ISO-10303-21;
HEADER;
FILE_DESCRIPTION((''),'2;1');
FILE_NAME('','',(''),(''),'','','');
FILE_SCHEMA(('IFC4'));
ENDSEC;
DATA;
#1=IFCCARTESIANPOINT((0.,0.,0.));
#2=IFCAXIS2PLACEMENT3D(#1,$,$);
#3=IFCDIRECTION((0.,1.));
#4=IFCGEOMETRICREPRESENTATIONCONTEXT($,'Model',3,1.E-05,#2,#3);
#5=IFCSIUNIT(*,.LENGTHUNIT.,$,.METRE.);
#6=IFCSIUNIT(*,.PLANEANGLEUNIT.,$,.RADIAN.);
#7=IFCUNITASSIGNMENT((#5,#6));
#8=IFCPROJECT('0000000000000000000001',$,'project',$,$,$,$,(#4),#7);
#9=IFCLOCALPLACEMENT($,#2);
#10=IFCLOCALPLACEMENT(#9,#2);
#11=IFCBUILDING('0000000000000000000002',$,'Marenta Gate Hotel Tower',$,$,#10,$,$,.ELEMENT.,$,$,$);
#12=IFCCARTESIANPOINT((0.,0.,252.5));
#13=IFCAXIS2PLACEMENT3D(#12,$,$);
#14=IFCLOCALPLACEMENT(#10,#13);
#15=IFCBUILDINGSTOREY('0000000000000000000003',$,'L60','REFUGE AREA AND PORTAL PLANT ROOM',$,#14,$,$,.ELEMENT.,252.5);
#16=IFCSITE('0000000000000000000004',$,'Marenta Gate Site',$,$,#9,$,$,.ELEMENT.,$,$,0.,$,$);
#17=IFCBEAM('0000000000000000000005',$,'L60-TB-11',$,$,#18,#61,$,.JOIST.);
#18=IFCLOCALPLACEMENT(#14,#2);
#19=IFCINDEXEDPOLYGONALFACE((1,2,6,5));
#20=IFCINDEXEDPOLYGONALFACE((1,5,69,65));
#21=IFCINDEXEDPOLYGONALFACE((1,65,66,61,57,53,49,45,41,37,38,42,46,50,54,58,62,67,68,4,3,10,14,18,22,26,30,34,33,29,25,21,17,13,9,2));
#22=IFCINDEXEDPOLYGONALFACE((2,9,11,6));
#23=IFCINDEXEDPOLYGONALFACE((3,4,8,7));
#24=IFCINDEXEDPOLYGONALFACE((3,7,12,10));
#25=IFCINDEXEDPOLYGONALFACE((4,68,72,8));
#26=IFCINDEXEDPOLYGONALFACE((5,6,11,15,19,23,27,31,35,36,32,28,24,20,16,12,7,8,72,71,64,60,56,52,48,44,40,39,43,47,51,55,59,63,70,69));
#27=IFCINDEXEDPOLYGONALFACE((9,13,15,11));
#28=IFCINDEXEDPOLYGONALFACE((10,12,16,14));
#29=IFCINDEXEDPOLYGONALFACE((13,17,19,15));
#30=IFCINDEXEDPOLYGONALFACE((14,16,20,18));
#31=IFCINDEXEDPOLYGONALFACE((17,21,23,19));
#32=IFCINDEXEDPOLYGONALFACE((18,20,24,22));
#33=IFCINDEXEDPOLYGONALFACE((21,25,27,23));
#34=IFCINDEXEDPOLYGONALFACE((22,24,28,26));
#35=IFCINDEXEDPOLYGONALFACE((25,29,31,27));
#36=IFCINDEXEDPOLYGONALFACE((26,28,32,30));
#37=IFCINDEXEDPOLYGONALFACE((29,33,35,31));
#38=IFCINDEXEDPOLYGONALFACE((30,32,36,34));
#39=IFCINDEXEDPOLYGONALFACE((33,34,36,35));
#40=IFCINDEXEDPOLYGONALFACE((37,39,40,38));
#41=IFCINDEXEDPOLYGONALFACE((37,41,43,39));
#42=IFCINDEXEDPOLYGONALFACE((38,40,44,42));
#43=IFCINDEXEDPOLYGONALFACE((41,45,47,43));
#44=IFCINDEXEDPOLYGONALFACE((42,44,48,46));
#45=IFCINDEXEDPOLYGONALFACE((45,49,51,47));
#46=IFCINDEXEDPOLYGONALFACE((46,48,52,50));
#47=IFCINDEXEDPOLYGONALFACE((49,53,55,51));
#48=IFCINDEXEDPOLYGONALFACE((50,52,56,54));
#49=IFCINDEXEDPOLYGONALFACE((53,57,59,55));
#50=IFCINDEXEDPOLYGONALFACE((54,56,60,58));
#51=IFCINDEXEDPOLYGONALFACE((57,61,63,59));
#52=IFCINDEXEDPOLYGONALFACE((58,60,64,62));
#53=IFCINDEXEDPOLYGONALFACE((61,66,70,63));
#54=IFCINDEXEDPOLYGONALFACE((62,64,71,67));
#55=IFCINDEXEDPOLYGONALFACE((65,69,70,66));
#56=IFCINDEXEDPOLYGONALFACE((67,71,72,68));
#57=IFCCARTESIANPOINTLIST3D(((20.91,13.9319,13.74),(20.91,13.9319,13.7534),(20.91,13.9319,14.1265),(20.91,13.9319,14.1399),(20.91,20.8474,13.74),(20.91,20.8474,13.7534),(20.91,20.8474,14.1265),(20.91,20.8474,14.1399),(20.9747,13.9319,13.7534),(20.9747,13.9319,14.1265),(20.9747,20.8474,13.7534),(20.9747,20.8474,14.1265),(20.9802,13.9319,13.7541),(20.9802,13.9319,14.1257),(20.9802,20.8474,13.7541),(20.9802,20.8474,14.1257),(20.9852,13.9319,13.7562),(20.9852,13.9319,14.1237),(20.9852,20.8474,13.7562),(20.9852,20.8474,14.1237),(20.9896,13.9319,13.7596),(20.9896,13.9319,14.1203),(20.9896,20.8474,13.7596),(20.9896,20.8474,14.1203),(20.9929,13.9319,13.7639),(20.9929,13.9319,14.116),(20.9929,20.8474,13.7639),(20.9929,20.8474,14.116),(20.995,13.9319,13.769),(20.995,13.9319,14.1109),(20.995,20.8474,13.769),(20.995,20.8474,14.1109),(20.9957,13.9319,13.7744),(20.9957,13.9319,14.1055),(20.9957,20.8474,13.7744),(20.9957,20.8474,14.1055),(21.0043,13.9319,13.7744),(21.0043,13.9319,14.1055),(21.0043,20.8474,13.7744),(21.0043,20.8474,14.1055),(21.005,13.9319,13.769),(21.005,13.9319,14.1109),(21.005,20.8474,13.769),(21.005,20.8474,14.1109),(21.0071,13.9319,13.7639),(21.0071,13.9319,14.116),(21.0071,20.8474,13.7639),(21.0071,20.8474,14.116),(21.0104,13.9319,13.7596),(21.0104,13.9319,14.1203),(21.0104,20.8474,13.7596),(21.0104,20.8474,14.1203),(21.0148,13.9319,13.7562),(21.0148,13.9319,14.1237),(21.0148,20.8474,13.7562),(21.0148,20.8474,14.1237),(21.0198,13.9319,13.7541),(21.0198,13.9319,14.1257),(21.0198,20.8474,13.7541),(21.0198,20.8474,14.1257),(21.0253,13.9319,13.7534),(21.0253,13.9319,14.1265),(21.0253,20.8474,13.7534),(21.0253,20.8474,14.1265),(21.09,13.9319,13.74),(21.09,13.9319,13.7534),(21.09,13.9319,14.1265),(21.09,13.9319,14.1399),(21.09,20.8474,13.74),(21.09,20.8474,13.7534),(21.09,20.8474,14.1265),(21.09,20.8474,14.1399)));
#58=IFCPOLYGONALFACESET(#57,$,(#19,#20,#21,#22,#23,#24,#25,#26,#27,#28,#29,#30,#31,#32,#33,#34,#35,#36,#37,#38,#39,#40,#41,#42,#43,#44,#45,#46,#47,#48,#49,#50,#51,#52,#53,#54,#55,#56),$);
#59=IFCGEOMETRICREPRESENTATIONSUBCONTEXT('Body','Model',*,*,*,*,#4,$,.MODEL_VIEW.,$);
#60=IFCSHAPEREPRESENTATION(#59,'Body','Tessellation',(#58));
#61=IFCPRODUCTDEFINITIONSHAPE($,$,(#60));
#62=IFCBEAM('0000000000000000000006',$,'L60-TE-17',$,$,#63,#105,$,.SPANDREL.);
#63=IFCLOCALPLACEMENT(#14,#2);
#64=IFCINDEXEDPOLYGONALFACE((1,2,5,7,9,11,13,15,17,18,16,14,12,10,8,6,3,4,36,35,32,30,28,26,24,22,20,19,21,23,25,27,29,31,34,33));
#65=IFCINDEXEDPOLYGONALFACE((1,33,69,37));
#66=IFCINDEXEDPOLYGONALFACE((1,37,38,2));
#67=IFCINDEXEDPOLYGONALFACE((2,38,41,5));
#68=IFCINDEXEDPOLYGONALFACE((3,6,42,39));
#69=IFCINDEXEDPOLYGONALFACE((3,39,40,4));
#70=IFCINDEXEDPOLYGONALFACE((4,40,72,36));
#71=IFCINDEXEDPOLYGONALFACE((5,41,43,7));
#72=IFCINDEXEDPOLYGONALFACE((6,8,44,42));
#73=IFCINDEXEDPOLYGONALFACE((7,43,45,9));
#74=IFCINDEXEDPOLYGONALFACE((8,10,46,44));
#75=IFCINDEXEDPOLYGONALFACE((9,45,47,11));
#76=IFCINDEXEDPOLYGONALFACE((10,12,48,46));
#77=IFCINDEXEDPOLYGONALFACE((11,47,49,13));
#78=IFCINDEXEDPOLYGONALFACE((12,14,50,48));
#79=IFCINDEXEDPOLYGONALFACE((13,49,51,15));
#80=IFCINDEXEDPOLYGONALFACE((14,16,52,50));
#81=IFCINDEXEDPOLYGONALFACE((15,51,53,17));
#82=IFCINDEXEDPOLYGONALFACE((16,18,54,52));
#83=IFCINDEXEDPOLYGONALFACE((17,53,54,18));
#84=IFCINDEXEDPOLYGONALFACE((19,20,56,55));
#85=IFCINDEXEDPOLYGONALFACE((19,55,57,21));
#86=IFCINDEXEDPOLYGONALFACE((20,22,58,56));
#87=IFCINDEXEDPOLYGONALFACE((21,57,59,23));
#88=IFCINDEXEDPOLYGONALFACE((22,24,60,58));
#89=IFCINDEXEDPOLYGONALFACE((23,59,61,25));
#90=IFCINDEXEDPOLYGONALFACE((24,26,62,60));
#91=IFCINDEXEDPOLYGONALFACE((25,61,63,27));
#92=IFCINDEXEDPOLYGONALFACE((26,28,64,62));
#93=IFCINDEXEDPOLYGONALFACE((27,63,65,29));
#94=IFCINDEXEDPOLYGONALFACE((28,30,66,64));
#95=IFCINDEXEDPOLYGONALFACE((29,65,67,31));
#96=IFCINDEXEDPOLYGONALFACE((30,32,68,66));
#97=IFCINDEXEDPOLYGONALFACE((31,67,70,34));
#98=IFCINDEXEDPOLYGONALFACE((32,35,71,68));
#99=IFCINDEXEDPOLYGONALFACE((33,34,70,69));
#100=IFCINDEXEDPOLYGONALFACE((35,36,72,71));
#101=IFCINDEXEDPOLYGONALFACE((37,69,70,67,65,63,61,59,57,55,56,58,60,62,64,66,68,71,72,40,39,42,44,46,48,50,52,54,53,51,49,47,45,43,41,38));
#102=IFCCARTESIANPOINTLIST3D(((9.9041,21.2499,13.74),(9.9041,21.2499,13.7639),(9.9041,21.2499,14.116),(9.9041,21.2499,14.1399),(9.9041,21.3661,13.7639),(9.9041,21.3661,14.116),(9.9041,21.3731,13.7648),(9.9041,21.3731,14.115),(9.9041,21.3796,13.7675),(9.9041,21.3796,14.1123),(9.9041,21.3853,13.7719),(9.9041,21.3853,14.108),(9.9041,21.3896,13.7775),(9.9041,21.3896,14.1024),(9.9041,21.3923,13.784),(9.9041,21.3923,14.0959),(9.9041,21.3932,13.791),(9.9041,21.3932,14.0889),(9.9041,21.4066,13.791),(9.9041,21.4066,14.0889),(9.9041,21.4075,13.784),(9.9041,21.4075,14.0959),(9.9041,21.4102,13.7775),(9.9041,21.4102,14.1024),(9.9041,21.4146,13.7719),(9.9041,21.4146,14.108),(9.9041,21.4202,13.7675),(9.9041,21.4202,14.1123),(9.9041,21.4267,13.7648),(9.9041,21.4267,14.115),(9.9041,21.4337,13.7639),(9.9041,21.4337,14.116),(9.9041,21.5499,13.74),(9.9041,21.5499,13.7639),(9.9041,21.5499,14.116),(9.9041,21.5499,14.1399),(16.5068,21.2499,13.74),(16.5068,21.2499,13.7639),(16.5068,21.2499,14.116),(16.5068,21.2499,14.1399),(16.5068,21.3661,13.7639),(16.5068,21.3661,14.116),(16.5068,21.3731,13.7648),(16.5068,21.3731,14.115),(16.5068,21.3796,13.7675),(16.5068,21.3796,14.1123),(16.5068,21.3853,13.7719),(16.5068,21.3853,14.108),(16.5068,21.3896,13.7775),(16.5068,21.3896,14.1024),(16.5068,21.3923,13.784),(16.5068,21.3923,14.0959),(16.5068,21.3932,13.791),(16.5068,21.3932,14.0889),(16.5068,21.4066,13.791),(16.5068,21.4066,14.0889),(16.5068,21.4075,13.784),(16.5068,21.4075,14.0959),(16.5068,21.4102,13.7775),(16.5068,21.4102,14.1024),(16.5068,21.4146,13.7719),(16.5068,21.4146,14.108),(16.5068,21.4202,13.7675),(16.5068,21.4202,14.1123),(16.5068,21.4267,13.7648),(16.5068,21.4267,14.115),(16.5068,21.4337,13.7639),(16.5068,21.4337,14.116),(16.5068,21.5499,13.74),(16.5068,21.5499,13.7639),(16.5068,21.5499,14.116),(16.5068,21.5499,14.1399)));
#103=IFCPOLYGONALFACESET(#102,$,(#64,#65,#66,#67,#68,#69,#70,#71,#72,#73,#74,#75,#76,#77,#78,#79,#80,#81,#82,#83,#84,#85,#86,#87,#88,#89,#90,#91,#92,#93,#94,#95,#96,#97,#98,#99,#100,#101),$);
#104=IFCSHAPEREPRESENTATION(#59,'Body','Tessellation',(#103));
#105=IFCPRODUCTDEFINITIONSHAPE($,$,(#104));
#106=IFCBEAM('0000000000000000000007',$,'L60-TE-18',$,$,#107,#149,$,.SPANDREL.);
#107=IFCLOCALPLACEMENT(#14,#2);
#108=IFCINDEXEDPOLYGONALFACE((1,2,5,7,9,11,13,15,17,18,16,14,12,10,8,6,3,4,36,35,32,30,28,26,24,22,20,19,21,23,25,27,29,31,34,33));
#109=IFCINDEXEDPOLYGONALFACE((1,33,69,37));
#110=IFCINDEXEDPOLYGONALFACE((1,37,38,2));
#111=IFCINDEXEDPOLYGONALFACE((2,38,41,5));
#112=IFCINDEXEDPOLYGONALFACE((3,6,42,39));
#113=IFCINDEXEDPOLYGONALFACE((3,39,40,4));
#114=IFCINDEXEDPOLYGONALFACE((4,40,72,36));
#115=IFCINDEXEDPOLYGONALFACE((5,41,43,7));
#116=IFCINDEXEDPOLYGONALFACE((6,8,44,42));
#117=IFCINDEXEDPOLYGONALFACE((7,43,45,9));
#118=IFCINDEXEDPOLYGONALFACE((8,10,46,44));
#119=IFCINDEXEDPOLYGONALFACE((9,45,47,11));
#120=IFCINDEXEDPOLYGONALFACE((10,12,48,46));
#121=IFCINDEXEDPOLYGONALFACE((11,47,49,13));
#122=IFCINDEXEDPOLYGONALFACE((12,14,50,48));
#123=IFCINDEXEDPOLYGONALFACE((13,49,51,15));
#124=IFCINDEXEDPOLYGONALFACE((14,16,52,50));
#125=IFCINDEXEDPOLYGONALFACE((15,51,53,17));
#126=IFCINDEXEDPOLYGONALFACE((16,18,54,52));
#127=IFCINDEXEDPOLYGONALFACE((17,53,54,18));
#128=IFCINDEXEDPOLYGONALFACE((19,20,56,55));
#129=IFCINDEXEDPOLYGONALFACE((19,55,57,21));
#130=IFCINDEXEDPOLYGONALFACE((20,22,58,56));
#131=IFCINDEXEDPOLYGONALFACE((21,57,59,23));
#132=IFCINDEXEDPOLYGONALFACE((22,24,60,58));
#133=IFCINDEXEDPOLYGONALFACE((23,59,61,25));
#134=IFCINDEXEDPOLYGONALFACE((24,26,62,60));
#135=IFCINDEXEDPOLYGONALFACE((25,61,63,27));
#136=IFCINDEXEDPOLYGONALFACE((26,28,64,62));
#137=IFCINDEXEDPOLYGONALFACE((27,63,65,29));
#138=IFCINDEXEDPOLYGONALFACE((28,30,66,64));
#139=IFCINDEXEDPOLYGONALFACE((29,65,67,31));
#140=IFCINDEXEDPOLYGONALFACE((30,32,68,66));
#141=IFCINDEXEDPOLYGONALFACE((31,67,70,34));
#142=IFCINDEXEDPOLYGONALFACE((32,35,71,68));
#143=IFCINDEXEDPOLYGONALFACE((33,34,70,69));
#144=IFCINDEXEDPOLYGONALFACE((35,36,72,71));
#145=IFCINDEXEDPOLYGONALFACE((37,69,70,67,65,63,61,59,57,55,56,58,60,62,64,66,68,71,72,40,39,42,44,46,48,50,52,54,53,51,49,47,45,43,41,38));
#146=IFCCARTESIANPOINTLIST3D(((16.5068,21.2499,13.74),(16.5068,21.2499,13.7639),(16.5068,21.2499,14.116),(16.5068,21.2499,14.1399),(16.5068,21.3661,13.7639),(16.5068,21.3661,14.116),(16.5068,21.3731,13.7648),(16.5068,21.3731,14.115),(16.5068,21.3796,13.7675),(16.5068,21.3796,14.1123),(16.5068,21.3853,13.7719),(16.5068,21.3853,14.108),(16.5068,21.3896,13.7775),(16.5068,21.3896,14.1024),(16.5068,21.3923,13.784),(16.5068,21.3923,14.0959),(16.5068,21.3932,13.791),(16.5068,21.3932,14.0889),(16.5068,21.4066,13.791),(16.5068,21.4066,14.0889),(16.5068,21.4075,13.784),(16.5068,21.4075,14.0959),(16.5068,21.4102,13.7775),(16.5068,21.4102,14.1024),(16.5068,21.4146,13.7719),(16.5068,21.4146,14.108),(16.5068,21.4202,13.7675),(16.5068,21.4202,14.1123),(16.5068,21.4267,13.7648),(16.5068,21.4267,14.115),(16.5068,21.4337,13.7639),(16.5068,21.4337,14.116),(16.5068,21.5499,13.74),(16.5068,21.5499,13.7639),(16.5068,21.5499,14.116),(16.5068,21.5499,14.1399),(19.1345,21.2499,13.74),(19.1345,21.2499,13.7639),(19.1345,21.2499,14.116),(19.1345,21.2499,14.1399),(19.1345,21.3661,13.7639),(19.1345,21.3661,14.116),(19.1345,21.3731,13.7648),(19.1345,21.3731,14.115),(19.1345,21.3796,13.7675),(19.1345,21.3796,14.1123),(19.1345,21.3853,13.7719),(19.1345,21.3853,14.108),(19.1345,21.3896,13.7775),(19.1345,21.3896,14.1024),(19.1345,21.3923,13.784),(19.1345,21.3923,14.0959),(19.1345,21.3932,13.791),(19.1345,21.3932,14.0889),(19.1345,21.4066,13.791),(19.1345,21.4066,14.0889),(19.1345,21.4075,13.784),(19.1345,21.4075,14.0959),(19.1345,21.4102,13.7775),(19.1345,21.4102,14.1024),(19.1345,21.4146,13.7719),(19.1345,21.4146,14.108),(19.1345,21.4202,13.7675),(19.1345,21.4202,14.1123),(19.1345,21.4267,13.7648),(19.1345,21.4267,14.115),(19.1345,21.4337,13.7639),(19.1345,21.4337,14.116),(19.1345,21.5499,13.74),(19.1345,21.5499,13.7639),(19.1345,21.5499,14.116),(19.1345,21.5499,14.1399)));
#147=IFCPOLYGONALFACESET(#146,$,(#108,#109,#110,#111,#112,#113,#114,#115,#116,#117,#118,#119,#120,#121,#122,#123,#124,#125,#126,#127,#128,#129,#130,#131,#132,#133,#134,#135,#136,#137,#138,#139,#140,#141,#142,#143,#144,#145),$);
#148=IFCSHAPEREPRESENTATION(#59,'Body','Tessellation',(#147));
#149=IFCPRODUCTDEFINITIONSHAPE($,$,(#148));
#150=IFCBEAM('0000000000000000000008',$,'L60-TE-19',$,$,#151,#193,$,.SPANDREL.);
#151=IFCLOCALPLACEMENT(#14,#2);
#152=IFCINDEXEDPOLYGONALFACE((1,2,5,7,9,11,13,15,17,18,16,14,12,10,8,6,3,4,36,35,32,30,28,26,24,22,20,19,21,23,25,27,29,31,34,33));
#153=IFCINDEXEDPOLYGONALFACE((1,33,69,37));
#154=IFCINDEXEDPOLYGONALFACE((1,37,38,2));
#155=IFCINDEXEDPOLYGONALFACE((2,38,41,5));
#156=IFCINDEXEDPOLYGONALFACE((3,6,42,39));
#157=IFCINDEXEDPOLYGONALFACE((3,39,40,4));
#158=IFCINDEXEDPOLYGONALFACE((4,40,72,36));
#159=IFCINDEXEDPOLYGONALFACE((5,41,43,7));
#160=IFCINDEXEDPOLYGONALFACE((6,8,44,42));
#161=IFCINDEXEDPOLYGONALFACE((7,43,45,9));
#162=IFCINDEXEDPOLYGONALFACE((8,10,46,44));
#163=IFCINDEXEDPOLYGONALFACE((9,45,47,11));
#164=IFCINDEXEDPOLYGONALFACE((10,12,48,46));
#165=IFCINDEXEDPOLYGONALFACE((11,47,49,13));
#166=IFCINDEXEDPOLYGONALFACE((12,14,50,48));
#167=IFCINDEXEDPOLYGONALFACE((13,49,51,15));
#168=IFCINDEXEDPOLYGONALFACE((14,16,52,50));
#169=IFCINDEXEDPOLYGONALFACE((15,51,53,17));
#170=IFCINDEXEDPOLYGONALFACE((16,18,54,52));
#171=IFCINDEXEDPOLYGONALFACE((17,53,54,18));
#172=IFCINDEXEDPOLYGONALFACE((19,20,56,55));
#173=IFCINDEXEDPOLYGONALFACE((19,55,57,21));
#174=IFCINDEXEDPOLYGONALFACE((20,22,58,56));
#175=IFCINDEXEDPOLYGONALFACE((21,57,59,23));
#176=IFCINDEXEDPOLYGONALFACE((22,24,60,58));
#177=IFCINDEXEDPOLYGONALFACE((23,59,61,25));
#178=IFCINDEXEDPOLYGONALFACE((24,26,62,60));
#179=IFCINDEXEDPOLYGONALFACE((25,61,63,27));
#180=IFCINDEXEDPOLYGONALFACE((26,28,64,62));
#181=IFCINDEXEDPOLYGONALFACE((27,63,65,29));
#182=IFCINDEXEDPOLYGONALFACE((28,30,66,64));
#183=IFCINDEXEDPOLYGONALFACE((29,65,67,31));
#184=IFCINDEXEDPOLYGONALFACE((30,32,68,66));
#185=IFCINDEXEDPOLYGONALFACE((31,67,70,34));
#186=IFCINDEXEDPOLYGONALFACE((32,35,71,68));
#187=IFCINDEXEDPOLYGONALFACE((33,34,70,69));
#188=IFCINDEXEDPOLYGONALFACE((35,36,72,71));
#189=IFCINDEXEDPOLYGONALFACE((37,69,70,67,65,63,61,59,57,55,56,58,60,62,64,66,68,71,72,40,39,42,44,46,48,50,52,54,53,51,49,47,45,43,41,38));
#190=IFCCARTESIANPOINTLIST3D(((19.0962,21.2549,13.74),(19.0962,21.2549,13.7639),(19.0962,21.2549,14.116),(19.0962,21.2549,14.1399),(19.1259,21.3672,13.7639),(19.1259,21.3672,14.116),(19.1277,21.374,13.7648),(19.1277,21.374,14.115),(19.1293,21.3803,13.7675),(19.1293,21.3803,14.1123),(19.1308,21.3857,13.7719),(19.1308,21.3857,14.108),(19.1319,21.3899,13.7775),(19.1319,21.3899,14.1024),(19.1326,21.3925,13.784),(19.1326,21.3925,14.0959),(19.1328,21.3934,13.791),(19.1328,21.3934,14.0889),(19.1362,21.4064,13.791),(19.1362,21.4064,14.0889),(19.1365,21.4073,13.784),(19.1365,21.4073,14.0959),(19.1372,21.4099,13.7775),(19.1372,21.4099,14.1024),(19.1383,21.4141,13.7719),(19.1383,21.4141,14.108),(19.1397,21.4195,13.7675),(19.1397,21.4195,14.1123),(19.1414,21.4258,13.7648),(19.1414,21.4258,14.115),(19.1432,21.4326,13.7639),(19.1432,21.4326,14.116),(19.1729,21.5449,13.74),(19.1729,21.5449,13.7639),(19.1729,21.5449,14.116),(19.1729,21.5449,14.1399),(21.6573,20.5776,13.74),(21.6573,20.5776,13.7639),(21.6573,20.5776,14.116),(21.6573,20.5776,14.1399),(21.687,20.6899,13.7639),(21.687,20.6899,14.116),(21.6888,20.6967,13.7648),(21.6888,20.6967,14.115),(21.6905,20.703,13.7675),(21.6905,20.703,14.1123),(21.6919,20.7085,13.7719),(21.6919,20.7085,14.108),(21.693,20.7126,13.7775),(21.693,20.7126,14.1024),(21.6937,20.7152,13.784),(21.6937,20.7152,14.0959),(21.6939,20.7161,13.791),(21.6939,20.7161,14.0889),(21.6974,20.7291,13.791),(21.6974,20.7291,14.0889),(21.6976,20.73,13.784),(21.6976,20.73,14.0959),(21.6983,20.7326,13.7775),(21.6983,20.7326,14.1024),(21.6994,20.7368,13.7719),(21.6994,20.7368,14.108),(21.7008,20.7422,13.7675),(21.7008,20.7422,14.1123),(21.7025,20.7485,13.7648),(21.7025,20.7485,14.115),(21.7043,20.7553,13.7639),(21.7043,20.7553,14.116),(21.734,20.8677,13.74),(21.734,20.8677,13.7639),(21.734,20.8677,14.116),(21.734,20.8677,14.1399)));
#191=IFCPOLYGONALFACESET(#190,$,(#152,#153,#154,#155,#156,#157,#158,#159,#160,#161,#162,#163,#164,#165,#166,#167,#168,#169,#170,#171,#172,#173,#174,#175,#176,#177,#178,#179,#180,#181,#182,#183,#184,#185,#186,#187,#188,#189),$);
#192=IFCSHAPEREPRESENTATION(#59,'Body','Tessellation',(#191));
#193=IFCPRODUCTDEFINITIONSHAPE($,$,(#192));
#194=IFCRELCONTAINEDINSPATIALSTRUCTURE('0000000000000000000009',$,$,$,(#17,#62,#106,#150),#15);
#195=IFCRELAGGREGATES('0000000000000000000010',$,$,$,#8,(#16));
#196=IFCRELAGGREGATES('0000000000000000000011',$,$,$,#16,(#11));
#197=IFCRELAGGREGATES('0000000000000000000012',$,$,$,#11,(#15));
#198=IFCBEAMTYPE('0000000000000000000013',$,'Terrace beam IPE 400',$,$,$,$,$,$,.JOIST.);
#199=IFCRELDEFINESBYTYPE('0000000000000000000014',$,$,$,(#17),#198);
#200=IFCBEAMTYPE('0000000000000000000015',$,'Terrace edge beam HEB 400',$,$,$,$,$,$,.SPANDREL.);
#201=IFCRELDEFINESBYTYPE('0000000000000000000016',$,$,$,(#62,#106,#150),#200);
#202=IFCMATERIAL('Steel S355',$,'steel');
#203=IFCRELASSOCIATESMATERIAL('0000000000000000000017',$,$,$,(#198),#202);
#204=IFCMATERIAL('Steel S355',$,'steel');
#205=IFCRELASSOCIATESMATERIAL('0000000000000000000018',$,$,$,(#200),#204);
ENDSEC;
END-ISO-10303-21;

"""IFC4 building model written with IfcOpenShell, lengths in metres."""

from ifc_helpers import new_model, si_unit, direction, frame, origin, origin_2d, place, context, subcontext, project, spatial, i_section, extrude, material, material_profile, profile_set, type_object, element, save


model = new_model("IFC4")

# Units and contexts
model_context = context("Model", 3, precision=1e-05, world=origin(), true_north=direction((0.0, 1.0)))
body_context = subcontext(model_context, "Body", "Model", "MODEL_VIEW")
ifc_project = project(units=[si_unit("LENGTHUNIT", "METRE"), si_unit("PLANEANGLEUNIT", "RADIAN")], contexts=[model_context])

# Site, building, storey
site_placement = place(None, origin())
site = spatial("IfcSite", under=ifc_project, at=site_placement, Name="Marenta Gate Site", CompositionType="ELEMENT", RefElevation=0.0)
building_placement = place(site_placement, origin())
building = spatial("IfcBuilding", under=site, at=building_placement, Name="Marenta Gate Hotel Tower", CompositionType="ELEMENT")
storey_placement = place(building_placement, frame((0.0, 0.0, 252.5)))
storey = spatial("IfcBuildingStorey", under=building, at=storey_placement, Name="L60", Description="REFUGE AREA AND PORTAL PLANT ROOM", CompositionType="ELEMENT", Elevation=252.5)

# Beams
ifc_material_1 = material(Name="Steel S355", Category="steel")
ifc_material_profile_1 = material_profile(ifc_material_1, i_section(OverallWidth=0.1799, OverallDepth=0.3999, WebThickness=0.0085, FlangeThickness=0.0134, FilletRadius=0.021, at=origin_2d()), Name="IPE 400")
ifc_profile_set_1 = profile_set([ifc_material_profile_1], Name="Steel S355")
beam_type_1 = type_object("IfcBeamType", Name="Terrace beam IPE 400", PredefinedType="JOIST", material=ifc_profile_set_1)
beam_1_placement = place(storey_placement, frame((21.0, 13.9319, 13.9399), z_axis=(0.0, 1.0, 0.0), x_axis=(-1.0, 0.0, 0.0)))
element("IfcBeam", 1, at=beam_1_placement, inside=storey, type_object=beam_type_1, Name="L60-TB-11", PredefinedType="JOIST", context=body_context, shape_type="SweptSolid", body=[
    extrude(i_section(OverallWidth=0.1799, OverallDepth=0.3999, WebThickness=0.0085, FlangeThickness=0.0134, FilletRadius=0.021, at=origin_2d()), origin(), (0.0, 0.0, 1.0), 6.9155),
])
ifc_material_2 = material(Name="Steel S355", Category="steel")
ifc_material_profile_2 = material_profile(ifc_material_2, i_section(OverallWidth=0.3, OverallDepth=0.3999, WebThickness=0.0134, FlangeThickness=0.0239, FilletRadius=0.0271, at=origin_2d()), Name="HEB 400")
ifc_profile_set_2 = profile_set([ifc_material_profile_2], Name="Steel S355")
beam_type_2 = type_object("IfcBeamType", Name="Terrace edge beam HEB 400", PredefinedType="SPANDREL", material=ifc_profile_set_2)
beam_2_placement = place(storey_placement, frame((9.9041, 21.3999, 13.9399), z_axis=(1.0, 0.0, 0.0), x_axis=(0.0, 1.0, 0.0)))
element("IfcBeam", 2, at=beam_2_placement, inside=storey, type_object=beam_type_2, Name="L60-TE-17", PredefinedType="SPANDREL", context=body_context, shape_type="SweptSolid", body=[
    extrude(i_section(OverallWidth=0.3, OverallDepth=0.3999, WebThickness=0.0134, FlangeThickness=0.0239, FilletRadius=0.0271, at=origin_2d()), origin(), (0.0, 0.0, 1.0), 6.6028),
])
beam_3_placement = place(storey_placement, frame((16.5068, 21.3999, 13.9399), z_axis=(1.0, 0.0, 0.0), x_axis=(0.0, 1.0, 0.0)))
element("IfcBeam", 3, at=beam_3_placement, inside=storey, type_object=beam_type_2, Name="L60-TE-18", PredefinedType="SPANDREL", context=body_context, shape_type="SweptSolid", body=[
    extrude(i_section(OverallWidth=0.3, OverallDepth=0.3999, WebThickness=0.0134, FlangeThickness=0.0239, FilletRadius=0.0271, at=origin_2d()), origin(), (0.0, 0.0, 1.0), 2.6277),
])
beam_4_placement = place(storey_placement, frame((19.1345, 21.3999, 13.9399), z_axis=(0.966768, -0.255654, 0.0), x_axis=(0.255654, 0.966768, 0.0)))
element("IfcBeam", 4, at=beam_4_placement, inside=storey, type_object=beam_type_2, Name="L60-TE-19", PredefinedType="SPANDREL", context=body_context, shape_type="SweptSolid", body=[
    extrude(i_section(OverallWidth=0.3, OverallDepth=0.3999, WebThickness=0.0134, FlangeThickness=0.0239, FilletRadius=0.0271, at=origin_2d()), origin(), (0.0, 0.0, 1.0), 2.6492),
])

save(model, "model.ifc")
